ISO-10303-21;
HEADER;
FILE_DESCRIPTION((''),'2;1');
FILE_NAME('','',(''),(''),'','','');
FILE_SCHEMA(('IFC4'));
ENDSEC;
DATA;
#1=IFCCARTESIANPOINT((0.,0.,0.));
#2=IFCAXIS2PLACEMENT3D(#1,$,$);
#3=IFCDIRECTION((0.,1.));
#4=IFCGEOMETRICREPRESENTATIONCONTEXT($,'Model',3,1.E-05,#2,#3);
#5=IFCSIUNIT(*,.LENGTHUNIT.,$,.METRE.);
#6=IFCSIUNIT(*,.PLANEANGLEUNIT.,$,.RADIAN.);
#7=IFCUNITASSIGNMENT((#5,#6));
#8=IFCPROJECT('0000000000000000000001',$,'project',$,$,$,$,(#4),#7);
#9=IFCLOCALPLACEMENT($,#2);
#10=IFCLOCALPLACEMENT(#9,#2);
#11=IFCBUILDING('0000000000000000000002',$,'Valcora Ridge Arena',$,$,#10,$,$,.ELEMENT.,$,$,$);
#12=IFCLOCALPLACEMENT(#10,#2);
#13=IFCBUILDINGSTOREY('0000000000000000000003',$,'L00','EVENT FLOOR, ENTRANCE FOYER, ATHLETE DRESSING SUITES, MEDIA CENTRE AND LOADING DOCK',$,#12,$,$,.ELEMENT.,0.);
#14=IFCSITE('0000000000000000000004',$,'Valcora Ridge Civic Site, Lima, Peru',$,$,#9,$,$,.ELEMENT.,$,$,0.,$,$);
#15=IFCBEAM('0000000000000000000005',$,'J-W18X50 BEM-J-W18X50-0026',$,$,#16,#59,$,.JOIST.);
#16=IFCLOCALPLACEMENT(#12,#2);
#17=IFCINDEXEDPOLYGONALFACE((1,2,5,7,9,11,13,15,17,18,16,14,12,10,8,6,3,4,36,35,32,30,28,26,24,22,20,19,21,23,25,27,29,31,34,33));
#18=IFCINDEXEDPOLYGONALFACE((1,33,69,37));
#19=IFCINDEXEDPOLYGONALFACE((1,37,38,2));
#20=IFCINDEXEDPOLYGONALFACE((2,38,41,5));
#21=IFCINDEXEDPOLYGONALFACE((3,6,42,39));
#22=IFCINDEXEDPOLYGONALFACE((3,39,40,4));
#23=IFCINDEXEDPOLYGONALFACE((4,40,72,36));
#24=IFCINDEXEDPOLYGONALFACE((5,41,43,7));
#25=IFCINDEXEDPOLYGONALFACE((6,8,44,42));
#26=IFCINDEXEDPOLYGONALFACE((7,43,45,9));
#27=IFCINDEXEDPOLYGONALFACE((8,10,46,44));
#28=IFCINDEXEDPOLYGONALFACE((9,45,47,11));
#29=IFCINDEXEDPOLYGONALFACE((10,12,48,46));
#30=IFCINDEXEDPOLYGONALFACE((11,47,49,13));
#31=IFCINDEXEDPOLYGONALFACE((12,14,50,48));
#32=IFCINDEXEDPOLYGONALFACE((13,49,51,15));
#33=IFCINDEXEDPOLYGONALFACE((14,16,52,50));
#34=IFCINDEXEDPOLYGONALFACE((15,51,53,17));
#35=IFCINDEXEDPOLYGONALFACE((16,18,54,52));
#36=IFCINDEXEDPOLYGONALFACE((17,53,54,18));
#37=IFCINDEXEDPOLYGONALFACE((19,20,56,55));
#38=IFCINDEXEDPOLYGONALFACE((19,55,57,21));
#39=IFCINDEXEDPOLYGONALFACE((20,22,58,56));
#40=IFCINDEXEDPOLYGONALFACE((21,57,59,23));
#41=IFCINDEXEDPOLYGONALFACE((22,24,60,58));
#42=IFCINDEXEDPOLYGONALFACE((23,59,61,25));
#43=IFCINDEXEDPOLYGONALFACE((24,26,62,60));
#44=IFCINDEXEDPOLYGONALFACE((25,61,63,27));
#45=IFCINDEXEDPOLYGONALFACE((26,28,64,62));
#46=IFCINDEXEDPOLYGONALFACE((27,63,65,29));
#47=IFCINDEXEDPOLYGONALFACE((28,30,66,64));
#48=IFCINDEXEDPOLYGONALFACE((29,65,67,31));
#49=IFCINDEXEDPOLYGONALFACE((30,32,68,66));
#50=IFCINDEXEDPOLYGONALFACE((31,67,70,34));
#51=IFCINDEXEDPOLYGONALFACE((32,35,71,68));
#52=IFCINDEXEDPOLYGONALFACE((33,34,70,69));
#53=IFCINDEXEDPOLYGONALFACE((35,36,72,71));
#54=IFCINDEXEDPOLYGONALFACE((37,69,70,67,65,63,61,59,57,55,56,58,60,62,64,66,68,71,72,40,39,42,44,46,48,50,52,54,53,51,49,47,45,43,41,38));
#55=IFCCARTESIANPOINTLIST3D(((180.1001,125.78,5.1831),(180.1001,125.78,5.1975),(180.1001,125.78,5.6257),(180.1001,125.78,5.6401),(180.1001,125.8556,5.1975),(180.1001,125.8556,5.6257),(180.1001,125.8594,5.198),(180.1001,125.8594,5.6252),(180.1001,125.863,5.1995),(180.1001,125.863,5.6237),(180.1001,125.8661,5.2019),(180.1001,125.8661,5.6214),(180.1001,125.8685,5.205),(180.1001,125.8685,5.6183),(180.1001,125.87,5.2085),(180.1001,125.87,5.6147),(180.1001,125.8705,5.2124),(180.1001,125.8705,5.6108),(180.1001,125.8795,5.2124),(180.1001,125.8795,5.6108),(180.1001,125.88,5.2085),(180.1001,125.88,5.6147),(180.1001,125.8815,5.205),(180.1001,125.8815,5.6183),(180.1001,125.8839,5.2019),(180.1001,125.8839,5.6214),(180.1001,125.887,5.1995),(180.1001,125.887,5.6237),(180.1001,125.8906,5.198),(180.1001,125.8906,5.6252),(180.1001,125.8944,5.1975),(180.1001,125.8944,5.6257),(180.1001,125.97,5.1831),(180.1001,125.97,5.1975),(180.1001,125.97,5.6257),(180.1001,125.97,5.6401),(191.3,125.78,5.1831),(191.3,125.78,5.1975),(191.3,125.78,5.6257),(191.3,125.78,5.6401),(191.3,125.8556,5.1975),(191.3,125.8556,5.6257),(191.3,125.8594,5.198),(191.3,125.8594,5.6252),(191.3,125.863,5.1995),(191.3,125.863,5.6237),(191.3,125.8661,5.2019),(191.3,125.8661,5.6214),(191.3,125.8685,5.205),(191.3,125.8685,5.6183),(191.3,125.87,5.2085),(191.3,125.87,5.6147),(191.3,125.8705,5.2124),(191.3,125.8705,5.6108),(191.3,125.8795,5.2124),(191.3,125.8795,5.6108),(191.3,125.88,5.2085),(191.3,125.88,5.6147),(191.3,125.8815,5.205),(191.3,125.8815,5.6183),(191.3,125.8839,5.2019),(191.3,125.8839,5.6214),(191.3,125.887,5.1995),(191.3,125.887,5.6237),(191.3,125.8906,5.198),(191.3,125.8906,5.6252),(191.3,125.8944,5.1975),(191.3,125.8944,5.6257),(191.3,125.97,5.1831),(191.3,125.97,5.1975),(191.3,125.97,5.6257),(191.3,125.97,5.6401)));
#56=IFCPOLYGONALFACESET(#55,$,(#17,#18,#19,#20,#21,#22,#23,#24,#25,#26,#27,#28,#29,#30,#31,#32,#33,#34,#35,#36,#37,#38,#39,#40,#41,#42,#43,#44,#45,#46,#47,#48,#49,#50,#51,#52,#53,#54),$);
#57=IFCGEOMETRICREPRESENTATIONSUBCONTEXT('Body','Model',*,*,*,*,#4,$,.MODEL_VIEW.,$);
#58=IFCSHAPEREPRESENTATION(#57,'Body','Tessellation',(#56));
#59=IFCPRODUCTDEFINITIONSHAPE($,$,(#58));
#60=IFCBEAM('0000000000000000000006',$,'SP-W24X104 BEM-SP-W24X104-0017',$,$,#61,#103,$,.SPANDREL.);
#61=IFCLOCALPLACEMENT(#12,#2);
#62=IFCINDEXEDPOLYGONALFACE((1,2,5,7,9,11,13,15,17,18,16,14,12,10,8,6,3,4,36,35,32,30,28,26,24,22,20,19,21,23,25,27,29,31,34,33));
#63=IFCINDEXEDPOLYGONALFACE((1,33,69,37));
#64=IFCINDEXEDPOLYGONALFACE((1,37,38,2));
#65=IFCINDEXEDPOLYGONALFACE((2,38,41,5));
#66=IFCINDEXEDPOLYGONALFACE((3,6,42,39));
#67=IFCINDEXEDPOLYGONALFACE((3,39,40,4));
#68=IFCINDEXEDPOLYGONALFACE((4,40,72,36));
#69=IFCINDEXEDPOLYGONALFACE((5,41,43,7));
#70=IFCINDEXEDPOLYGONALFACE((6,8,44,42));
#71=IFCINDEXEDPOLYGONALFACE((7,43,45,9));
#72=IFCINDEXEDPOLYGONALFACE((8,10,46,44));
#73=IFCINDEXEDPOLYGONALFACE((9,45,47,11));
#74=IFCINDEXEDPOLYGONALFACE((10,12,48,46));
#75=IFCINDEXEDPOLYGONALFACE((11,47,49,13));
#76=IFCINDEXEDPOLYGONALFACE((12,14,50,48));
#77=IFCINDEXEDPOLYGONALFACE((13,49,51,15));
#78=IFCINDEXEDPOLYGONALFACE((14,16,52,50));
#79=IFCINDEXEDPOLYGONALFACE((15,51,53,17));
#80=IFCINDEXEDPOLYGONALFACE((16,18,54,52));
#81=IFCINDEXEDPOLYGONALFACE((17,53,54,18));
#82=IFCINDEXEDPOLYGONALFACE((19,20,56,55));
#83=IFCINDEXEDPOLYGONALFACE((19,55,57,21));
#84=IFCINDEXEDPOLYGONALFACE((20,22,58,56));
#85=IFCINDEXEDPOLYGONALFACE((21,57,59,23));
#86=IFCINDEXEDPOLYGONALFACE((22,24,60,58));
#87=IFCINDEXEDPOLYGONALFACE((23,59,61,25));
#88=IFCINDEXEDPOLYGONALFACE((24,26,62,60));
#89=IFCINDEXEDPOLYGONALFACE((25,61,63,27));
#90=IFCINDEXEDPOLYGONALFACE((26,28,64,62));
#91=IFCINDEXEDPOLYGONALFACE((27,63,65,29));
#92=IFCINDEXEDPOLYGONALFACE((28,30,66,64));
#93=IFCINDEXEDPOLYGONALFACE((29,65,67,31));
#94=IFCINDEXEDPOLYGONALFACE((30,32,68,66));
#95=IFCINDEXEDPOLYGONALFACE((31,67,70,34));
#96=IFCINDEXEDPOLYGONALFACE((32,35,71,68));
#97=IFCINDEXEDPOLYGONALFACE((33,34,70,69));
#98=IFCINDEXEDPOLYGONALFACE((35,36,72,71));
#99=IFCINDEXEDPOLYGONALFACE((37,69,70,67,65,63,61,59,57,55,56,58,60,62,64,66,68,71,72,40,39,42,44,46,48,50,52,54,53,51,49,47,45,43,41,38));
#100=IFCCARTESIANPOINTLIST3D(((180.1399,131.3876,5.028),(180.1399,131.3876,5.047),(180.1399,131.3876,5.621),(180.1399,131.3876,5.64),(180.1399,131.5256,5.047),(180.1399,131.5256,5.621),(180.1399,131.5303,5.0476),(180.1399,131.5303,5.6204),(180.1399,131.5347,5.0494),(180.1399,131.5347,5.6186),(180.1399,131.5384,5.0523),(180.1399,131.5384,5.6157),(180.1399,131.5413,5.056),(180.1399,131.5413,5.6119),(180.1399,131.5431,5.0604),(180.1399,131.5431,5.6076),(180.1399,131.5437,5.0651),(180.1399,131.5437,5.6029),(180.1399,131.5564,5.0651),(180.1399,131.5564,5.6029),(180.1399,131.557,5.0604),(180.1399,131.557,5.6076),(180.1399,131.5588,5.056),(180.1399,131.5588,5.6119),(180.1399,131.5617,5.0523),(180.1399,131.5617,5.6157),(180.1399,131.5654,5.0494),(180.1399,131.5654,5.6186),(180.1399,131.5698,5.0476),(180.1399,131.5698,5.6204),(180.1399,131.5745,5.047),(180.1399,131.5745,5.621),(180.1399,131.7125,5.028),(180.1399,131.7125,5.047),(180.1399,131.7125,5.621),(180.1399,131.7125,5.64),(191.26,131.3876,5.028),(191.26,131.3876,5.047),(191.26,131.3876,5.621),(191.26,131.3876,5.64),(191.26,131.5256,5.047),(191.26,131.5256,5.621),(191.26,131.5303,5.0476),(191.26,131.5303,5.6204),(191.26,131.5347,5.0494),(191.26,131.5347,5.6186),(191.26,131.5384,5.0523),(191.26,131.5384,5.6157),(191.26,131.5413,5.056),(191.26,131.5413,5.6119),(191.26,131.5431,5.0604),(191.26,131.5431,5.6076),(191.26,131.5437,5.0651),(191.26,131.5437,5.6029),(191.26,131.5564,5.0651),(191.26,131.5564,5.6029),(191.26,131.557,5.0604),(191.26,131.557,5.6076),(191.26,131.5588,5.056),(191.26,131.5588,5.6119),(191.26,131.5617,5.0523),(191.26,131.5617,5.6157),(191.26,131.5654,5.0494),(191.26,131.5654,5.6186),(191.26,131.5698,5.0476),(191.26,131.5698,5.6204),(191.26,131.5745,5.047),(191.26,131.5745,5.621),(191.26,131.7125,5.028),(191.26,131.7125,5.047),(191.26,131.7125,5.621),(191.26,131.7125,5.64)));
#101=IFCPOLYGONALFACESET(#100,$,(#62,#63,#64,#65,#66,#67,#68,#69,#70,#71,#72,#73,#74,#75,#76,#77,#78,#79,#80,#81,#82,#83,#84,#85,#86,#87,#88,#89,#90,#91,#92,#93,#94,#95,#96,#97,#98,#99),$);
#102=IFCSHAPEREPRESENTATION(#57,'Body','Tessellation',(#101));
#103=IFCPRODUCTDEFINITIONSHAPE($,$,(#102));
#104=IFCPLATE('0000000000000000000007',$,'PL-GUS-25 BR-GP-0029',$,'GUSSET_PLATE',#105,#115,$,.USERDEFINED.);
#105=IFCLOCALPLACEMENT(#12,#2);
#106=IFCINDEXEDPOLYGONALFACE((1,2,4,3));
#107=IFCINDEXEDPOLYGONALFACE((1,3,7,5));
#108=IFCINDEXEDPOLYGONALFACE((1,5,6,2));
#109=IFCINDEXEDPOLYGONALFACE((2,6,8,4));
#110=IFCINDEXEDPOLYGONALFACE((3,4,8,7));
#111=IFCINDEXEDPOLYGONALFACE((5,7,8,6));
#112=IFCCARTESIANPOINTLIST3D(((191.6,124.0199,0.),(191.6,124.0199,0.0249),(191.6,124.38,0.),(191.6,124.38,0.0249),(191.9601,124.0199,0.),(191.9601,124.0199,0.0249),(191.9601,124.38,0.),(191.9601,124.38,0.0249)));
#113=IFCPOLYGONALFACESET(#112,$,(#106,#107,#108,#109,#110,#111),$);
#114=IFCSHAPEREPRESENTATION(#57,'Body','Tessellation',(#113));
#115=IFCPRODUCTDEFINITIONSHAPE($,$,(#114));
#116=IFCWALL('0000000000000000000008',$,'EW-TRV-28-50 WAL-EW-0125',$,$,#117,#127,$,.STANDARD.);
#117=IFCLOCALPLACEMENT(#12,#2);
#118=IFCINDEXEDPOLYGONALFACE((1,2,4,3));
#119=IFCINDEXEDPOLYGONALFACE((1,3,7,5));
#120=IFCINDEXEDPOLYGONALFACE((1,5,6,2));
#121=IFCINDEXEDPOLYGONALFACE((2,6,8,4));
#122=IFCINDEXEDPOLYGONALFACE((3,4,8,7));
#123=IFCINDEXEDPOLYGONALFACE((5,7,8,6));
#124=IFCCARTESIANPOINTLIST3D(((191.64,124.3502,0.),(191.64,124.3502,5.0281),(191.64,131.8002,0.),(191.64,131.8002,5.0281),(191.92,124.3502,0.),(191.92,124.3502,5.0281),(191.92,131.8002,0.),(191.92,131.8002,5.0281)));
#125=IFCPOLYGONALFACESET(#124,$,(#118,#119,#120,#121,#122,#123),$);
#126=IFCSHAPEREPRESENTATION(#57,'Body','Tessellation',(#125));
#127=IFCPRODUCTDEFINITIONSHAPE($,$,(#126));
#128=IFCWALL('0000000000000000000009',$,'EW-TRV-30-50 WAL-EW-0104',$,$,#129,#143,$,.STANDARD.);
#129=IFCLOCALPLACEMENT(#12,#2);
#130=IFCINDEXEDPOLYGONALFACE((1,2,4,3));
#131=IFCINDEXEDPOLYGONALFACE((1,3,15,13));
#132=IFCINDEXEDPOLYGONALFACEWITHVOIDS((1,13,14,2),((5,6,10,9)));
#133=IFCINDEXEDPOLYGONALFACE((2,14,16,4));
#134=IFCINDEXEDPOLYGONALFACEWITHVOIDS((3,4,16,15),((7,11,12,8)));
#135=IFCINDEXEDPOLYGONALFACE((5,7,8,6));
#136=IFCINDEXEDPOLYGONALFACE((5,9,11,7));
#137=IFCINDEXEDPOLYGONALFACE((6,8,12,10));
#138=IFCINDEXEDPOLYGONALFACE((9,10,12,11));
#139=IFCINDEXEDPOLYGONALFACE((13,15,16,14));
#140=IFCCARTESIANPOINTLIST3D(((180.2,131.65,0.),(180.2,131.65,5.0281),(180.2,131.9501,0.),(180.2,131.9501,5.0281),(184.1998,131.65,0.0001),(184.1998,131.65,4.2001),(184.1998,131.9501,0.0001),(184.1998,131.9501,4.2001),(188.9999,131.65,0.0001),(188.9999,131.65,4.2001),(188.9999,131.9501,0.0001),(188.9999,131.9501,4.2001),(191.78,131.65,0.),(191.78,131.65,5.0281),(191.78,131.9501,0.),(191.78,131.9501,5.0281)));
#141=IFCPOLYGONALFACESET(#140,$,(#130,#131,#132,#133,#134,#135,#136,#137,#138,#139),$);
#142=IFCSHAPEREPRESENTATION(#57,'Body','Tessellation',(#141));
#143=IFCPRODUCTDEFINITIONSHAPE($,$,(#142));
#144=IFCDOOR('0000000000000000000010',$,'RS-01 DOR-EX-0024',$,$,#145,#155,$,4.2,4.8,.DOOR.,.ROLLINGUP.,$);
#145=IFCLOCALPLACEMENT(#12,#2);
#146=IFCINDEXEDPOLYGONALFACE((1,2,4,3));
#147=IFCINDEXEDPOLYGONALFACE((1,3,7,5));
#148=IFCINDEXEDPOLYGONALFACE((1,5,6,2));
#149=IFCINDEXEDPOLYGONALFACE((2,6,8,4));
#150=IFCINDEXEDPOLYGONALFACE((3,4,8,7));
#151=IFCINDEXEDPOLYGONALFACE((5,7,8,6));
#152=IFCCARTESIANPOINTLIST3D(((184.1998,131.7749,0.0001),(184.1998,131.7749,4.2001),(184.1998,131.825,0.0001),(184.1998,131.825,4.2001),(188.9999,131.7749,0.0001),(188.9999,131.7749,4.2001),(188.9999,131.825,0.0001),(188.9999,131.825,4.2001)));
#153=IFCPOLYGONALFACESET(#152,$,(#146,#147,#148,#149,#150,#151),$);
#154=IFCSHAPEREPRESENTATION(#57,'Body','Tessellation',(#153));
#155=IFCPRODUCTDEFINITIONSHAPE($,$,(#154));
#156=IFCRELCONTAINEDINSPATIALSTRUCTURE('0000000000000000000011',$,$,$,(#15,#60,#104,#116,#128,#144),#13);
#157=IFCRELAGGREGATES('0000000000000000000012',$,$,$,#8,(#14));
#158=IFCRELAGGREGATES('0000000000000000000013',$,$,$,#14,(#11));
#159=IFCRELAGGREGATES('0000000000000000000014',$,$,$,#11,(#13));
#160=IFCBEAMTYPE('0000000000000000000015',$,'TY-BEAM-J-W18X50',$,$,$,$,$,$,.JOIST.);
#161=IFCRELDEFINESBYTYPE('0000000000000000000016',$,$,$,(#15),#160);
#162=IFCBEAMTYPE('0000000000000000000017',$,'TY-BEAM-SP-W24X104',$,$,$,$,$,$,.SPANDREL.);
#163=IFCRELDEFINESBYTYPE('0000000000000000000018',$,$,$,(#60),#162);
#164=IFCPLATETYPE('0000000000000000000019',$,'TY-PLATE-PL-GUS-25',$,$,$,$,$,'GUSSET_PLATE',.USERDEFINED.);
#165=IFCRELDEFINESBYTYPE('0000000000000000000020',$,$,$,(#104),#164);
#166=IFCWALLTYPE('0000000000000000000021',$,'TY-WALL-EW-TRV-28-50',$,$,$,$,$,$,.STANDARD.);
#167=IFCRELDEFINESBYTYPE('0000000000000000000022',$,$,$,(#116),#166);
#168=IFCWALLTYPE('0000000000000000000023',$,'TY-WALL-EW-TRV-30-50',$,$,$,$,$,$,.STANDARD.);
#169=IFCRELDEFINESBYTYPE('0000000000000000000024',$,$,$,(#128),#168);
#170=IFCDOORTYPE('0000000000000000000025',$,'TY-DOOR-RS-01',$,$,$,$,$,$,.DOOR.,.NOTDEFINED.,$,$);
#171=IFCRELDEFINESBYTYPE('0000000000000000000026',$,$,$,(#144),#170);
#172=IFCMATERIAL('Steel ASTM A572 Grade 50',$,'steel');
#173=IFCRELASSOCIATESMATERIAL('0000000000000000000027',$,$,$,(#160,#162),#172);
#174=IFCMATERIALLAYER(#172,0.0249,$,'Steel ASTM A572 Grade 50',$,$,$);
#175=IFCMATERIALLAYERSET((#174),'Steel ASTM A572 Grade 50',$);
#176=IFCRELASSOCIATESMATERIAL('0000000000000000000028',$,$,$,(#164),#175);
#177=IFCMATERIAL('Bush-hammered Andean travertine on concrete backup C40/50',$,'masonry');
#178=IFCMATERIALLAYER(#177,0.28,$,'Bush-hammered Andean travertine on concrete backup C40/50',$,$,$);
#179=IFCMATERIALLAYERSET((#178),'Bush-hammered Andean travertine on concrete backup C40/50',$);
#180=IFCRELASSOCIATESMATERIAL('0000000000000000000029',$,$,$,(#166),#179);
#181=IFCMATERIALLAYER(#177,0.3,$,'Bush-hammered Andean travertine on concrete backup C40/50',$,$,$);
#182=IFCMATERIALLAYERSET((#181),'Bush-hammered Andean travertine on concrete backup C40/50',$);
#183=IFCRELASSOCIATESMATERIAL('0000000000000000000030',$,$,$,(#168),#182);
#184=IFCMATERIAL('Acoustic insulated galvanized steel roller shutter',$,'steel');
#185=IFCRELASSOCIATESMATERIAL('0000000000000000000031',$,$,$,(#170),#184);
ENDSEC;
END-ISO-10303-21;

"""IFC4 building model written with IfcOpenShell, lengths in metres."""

from ifc_helpers import new_model, si_unit, direction, frame, frame_2d, origin, origin_2d, place, context, subcontext, project, spatial, rectangle, i_section, extrude, material, layer, layer_set, material_profile, profile_set, type_object, element, fill, save


model = new_model("IFC4")

# Units and contexts
model_context = context("Model", 3, precision=1e-05, world=origin(), true_north=direction((0.0, 1.0)))
body_context = subcontext(model_context, "Body", "Model", "MODEL_VIEW")
ifc_project = project(units=[si_unit("LENGTHUNIT", "METRE"), si_unit("PLANEANGLEUNIT", "RADIAN")], contexts=[model_context])

# Site, building, storey
site_placement = place(None, origin())
site = spatial("IfcSite", under=ifc_project, at=site_placement, Name="Valcora Ridge Civic Site, Lima, Peru", CompositionType="ELEMENT", RefElevation=0.0)
building_placement = place(site_placement, origin())
building = spatial("IfcBuilding", under=site, at=building_placement, Name="Valcora Ridge Arena", CompositionType="ELEMENT")
storey_placement = place(building_placement, origin())
storey = spatial("IfcBuildingStorey", under=building, at=storey_placement, Name="L00", Description="EVENT FLOOR, ENTRANCE FOYER, ATHLETE DRESSING SUITES, MEDIA CENTRE AND LOADING DOCK", CompositionType="ELEMENT", Elevation=0.0)

# Beams
ifc_material_1 = material(Name="Steel ASTM A572 Grade 50", Category="steel")
ifc_material_profile_1 = material_profile(ifc_material_1, i_section(OverallWidth=0.1899, OverallDepth=0.457, WebThickness=0.009, FlangeThickness=0.0144, FilletRadius=0.0149, at=origin_2d()), Name="W18X50")
ifc_profile_set_1 = profile_set([ifc_material_profile_1], Name="Steel ASTM A572 Grade 50")
beam_type_1 = type_object("IfcBeamType", Name="TY-BEAM-J-W18X50", PredefinedType="JOIST", material=ifc_profile_set_1)
beam_1_placement = place(storey_placement, frame((180.1001, 125.875, 5.4116), z_axis=(1.0, 0.0, 0.0), x_axis=(0.0, 1.0, 0.0)))
element("IfcBeam", 1, at=beam_1_placement, inside=storey, type_object=beam_type_1, Name="J-W18X50 BEM-J-W18X50-0026", PredefinedType="JOIST", context=body_context, shape_type="SweptSolid", body=[
    extrude(i_section(OverallWidth=0.1899, OverallDepth=0.457, WebThickness=0.009, FlangeThickness=0.0144, FilletRadius=0.0149, at=origin_2d()), origin(), (0.0, 0.0, 1.0), 11.2),
])
ifc_material_profile_2 = material_profile(ifc_material_1, i_section(OverallWidth=0.325, OverallDepth=0.6121, WebThickness=0.0127, FlangeThickness=0.019, FilletRadius=0.0181, at=origin_2d()), Name="W24X104")
ifc_profile_set_2 = profile_set([ifc_material_profile_2], Name="Steel ASTM A572 Grade 50")
beam_type_2 = type_object("IfcBeamType", Name="TY-BEAM-SP-W24X104", PredefinedType="SPANDREL", material=ifc_profile_set_2)
beam_2_placement = place(storey_placement, frame((180.1399, 131.55, 5.334), z_axis=(1.0, 0.0, 0.0), x_axis=(0.0, 1.0, 0.0)))
element("IfcBeam", 2, at=beam_2_placement, inside=storey, type_object=beam_type_2, Name="SP-W24X104 BEM-SP-W24X104-0017", PredefinedType="SPANDREL", context=body_context, shape_type="SweptSolid", body=[
    extrude(i_section(OverallWidth=0.325, OverallDepth=0.6121, WebThickness=0.0127, FlangeThickness=0.019, FilletRadius=0.0181, at=origin_2d()), origin(), (0.0, 0.0, 1.0), 11.1201),
])

# Plate
ifc_layer_1 = layer(ifc_material_1, 0.0249, Name="Steel ASTM A572 Grade 50")
ifc_layer_set_1 = layer_set([ifc_layer_1], Name="Steel ASTM A572 Grade 50")
plate_type = type_object("IfcPlateType", Name="TY-PLATE-PL-GUS-25", ElementType="GUSSET_PLATE", PredefinedType="USERDEFINED", material=ifc_layer_set_1)
plate_placement = place(storey_placement, frame((191.78, 124.2, 0.0), z_axis=(0.0, 0.0, 1.0), x_axis=(1.0, 0.0, 0.0)))
element("IfcPlate", 3, at=plate_placement, inside=storey, type_object=plate_type, Name="PL-GUS-25 BR-GP-0029", ObjectType="GUSSET_PLATE", PredefinedType="USERDEFINED", context=body_context, shape_type="SweptSolid", body=[
    extrude(rectangle(XDim=0.3601, YDim=0.3601, at=origin_2d()), origin(), (0.0, 0.0, 1.0), 0.0249),
])

# Wall
ifc_material_2 = material(Name="Bush-hammered Andean travertine on concrete backup C40/50", Category="masonry")
ifc_layer_2 = layer(ifc_material_2, 0.28, Name="Bush-hammered Andean travertine on concrete backup C40/50")
ifc_layer_set_2 = layer_set([ifc_layer_2], Name="Bush-hammered Andean travertine on concrete backup C40/50")
wall_type_1 = type_object("IfcWallType", Name="TY-WALL-EW-TRV-28-50", PredefinedType="STANDARD", material=ifc_layer_set_2)
wall_1_placement = place(storey_placement, frame((191.78, 124.3501, 0.0), z_axis=(0.0, 0.0, 1.0), x_axis=(0.0, 1.0, 0.0)))
element("IfcWall", 4, at=wall_1_placement, inside=storey, type_object=wall_type_1, Name="EW-TRV-28-50 WAL-EW-0125", PredefinedType="STANDARD", context=body_context, shape_type="SweptSolid", body=[
    extrude(rectangle(XDim=7.45, YDim=0.28, at=frame_2d((3.7251, 0.0))), origin(), (0.0, 0.0, 1.0), 5.0281),
])

# Wall, opening, door
ifc_layer_3 = layer(ifc_material_2, 0.3, Name="Bush-hammered Andean travertine on concrete backup C40/50")
ifc_layer_set_3 = layer_set([ifc_layer_3], Name="Bush-hammered Andean travertine on concrete backup C40/50")
wall_type_2 = type_object("IfcWallType", Name="TY-WALL-EW-TRV-30-50", PredefinedType="STANDARD", material=ifc_layer_set_3)
wall_2_placement = place(storey_placement, frame((180.2, 131.8, 0.0), z_axis=(0.0, 0.0, 1.0), x_axis=(1.0, 0.0, 0.0)))
wall_2 = element("IfcWall", 5, at=wall_2_placement, inside=storey, type_object=wall_type_2, Name="EW-TRV-30-50 WAL-EW-0104", PredefinedType="STANDARD", context=body_context, shape_type="SweptSolid", body=[
    extrude(rectangle(XDim=11.5801, YDim=0.3, at=frame_2d((5.79, 0.0))), origin(), (0.0, 0.0, 1.0), 5.0281),
])
opening_placement = place(wall_2_placement, frame((4.0, 0.0, 0.0)))
opening = element("IfcOpeningElement", 6, at=opening_placement, cuts=wall_2, PredefinedType="OPENING", context=body_context, shape_type="SweptSolid", body=[
    extrude(rectangle(XDim=4.8, YDim=4.2, at=frame_2d((2.3999, 2.1001))), frame((0.0, 0.1599, 0.0), z_axis=(0.0, -1.0, 0.0), x_axis=(1.0, 0.0, 0.0)), (0.0, 0.0, 1.0), 0.3201),
])
ifc_material_3 = material(Name="Acoustic insulated galvanized steel roller shutter", Category="steel")
door_type = type_object("IfcDoorType", Name="TY-DOOR-RS-01", OperationType="NOTDEFINED", PredefinedType="DOOR", material=ifc_material_3)
door_placement = place(opening_placement, origin())
door = element("IfcDoor", 7, at=door_placement, inside=storey, type_object=door_type, Name="RS-01 DOR-EX-0024", OperationType="ROLLINGUP", OverallHeight=4.2, OverallWidth=4.8, PredefinedType="DOOR", context=body_context, shape_type="SweptSolid", body=[
    extrude(rectangle(XDim=4.8, YDim=4.2, at=frame_2d((2.3999, 2.1001))), frame((0.0, 0.0249, 0.0), z_axis=(0.0, -1.0, 0.0), x_axis=(1.0, 0.0, 0.0)), (0.0, 0.0, 1.0), 0.05),
])
fill(opening, door)

save(model, "model.ifc")
